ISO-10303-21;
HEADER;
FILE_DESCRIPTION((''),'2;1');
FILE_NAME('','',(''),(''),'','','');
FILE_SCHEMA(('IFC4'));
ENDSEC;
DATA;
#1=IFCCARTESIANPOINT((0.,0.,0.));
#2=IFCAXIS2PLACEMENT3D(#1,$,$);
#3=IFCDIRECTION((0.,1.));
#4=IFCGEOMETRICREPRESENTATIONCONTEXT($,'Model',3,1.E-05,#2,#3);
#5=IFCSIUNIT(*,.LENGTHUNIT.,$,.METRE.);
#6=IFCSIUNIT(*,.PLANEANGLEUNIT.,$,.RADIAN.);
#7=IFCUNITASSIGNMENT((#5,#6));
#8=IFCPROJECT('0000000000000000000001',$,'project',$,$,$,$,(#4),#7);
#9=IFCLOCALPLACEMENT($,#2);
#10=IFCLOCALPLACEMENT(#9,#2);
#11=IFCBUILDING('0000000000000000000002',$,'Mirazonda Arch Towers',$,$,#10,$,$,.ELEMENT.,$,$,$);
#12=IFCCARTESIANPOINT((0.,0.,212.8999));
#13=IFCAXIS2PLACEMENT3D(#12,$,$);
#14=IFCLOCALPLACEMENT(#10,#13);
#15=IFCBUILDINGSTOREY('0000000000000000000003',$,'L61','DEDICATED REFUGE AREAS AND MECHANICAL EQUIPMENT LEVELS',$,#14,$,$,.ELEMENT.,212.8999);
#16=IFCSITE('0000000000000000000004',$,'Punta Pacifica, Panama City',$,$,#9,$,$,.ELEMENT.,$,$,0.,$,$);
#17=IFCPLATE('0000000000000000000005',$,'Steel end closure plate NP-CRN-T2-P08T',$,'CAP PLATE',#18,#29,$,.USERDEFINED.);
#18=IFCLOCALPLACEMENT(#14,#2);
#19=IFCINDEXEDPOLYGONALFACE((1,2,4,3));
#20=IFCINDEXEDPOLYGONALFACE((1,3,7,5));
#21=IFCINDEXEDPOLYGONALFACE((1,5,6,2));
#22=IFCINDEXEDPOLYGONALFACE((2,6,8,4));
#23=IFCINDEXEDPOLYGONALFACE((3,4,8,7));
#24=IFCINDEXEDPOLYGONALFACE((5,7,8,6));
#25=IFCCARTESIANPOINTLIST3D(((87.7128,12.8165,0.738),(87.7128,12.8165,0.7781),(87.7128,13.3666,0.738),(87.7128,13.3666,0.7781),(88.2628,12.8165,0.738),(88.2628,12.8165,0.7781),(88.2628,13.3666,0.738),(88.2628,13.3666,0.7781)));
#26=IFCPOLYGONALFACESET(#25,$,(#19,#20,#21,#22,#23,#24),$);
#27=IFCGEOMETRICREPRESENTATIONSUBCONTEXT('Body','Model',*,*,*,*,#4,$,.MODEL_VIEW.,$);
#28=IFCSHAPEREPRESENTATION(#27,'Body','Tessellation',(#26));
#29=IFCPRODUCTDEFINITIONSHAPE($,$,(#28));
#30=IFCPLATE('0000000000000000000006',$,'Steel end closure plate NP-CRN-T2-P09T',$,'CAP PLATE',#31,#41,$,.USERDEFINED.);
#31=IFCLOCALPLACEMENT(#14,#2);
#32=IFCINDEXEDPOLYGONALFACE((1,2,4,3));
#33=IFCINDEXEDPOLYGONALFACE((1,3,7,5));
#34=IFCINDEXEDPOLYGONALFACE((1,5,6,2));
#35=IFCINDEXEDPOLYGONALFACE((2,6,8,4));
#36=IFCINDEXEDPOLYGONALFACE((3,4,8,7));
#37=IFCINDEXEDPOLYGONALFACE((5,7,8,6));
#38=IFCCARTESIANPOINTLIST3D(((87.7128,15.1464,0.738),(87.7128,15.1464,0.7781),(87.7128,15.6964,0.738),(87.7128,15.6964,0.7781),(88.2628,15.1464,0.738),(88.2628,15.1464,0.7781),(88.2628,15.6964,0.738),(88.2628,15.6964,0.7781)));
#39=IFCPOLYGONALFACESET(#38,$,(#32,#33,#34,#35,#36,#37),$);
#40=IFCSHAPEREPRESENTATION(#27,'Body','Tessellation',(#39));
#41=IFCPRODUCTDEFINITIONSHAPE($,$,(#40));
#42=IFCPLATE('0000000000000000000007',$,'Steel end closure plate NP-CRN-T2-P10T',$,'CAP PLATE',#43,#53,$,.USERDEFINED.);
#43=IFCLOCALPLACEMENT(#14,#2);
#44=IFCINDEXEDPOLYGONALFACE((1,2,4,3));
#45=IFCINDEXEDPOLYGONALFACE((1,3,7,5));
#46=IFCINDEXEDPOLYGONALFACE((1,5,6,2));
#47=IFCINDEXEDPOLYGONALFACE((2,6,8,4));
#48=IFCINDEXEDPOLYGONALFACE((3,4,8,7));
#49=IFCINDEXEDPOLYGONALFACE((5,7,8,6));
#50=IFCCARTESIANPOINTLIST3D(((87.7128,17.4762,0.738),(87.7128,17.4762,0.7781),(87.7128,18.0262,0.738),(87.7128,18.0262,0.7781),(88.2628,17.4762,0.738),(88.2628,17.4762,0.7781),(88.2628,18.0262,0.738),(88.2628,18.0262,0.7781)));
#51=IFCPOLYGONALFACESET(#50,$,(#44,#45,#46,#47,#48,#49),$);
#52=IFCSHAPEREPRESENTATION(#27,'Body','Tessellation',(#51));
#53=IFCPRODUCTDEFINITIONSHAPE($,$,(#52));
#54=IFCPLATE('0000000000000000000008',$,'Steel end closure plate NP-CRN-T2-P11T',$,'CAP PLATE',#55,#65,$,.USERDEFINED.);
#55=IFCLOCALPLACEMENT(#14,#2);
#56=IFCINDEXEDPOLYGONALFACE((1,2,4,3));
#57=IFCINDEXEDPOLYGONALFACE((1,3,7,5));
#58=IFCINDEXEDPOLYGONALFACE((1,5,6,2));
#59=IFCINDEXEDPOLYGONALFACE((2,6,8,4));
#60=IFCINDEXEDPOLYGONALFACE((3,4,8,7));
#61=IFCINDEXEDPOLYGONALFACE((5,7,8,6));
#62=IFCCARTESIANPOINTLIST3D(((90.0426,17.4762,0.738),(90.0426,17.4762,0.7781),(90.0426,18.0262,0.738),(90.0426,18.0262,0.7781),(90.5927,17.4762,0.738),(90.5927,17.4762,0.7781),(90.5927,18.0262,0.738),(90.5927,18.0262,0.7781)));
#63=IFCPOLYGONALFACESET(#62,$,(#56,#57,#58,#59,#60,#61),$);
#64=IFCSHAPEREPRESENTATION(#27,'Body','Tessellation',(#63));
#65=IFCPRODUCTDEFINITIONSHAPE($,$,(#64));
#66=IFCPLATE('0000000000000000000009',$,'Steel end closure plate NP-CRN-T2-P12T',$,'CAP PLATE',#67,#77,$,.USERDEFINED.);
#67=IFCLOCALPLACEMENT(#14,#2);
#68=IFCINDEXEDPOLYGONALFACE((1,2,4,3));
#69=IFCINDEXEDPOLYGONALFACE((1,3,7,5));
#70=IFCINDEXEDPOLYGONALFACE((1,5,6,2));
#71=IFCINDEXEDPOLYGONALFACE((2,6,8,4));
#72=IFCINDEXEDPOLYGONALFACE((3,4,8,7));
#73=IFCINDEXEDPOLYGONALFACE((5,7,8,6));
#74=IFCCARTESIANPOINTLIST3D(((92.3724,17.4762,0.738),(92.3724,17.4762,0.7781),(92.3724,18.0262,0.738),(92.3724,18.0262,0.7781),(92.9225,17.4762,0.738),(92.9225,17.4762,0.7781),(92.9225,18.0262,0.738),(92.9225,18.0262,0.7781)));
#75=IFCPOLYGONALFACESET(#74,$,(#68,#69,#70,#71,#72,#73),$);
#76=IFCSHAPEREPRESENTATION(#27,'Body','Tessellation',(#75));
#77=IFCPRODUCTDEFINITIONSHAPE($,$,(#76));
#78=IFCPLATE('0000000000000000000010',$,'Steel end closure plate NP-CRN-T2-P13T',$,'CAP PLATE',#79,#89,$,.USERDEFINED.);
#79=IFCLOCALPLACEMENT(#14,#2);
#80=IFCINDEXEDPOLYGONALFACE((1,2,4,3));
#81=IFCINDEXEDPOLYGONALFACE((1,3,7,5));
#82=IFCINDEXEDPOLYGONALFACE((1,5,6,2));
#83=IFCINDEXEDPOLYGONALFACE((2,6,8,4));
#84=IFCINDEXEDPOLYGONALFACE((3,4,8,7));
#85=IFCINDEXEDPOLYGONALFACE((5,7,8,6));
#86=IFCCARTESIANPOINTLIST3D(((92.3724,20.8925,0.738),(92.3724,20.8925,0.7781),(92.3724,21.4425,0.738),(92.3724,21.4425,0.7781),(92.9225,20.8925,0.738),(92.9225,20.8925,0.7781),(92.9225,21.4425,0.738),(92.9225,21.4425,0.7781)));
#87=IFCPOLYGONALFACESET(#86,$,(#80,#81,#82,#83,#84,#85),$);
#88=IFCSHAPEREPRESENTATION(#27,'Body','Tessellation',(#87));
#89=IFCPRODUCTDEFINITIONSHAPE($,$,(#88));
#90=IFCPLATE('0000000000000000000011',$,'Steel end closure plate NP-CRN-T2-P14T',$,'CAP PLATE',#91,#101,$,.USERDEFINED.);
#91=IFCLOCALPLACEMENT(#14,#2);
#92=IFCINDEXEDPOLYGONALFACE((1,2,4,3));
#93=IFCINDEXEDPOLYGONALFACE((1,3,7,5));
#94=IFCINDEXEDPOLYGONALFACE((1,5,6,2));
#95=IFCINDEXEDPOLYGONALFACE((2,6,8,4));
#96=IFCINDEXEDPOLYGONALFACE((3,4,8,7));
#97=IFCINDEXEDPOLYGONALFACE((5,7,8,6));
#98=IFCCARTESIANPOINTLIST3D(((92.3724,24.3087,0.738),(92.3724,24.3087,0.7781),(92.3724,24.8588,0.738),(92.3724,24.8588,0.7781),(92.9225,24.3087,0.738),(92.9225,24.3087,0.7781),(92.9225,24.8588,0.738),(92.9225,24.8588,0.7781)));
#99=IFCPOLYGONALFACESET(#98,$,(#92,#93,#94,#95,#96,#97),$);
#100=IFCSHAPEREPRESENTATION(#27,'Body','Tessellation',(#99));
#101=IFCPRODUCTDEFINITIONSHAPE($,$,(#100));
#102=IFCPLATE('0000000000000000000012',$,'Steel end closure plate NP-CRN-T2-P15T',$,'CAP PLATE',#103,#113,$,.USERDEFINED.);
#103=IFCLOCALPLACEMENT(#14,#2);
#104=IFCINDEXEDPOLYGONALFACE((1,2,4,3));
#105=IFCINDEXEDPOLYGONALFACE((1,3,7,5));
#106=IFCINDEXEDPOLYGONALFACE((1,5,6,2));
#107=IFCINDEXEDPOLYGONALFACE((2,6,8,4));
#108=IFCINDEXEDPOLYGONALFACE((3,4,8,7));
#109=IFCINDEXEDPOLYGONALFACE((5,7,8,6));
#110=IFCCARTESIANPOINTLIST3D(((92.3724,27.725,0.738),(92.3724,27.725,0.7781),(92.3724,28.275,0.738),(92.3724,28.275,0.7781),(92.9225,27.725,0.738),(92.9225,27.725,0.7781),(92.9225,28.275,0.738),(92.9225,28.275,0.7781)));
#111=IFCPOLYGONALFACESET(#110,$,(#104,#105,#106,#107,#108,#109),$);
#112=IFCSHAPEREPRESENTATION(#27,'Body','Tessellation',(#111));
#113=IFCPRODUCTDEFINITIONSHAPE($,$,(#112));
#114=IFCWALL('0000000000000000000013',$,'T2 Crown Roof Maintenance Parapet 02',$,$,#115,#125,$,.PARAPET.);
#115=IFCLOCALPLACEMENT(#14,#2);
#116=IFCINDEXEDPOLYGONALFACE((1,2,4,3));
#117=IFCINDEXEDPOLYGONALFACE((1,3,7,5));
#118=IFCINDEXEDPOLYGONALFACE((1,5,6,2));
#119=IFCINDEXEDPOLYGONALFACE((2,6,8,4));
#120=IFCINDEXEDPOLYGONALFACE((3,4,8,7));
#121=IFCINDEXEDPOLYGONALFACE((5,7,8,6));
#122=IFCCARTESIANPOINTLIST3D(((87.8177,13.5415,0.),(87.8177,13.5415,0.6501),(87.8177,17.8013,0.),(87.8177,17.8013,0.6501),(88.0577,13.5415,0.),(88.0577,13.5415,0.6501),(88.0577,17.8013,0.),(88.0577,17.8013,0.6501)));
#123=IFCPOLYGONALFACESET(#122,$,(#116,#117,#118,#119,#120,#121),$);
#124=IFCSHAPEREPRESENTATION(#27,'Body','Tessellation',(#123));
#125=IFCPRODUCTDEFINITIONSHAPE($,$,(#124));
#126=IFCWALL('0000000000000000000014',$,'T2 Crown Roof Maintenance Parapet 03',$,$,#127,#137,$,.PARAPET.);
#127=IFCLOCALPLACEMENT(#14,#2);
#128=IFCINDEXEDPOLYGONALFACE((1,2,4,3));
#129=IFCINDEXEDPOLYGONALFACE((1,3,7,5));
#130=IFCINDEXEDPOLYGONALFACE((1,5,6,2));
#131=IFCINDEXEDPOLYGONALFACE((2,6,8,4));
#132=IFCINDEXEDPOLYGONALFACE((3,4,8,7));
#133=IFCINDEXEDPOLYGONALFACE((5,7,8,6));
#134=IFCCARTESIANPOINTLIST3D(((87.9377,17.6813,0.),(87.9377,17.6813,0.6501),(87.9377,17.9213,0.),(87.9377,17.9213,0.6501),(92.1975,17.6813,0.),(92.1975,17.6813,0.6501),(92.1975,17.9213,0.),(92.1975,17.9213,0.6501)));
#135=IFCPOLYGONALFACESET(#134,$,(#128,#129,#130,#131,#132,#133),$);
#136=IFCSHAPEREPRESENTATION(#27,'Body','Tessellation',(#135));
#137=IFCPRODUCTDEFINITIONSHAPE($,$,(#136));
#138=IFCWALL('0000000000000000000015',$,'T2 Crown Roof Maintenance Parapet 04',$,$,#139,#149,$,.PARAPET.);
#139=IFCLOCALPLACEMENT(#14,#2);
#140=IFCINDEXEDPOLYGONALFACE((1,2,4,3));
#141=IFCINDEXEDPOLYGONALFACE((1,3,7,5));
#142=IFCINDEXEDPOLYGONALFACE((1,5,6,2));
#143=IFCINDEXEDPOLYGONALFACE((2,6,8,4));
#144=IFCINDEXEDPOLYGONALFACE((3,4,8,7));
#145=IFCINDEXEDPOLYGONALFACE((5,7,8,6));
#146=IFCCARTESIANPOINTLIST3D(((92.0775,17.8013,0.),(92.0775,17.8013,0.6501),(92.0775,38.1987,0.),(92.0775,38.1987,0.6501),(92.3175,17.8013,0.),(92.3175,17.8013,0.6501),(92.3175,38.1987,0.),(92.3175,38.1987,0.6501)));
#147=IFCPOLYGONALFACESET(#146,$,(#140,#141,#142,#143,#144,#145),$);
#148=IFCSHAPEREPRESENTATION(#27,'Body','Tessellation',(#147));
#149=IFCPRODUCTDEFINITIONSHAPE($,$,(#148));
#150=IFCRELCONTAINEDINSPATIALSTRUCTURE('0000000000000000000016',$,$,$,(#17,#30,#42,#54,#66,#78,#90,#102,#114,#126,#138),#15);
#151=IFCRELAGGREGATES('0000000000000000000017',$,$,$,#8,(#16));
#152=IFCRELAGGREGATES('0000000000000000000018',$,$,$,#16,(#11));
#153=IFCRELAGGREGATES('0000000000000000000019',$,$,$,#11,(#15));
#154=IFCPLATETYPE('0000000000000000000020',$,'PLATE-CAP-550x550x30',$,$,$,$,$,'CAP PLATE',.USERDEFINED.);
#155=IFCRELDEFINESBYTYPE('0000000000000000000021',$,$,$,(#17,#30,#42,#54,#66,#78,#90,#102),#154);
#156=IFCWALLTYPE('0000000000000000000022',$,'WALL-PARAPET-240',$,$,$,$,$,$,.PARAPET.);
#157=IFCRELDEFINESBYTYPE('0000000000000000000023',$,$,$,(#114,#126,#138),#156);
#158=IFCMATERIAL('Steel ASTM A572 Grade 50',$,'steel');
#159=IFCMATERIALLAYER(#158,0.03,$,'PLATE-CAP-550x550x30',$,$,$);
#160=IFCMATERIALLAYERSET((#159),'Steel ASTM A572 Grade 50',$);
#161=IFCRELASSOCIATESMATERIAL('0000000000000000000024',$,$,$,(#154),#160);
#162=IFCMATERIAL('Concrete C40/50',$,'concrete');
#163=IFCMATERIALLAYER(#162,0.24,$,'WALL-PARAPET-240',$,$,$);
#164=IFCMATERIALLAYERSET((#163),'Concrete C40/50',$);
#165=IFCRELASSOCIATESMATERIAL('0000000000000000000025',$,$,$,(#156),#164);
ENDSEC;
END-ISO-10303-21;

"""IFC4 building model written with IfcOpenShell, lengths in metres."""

from ifc_helpers import new_model, si_unit, direction, frame, frame_2d, origin, origin_2d, place, context, subcontext, project, spatial, rectangle, extrude, material, layer, layer_set, type_object, element, save


model = new_model("IFC4")

# Units and contexts
model_context = context("Model", 3, precision=1e-05, world=origin(), true_north=direction((0.0, 1.0)))
body_context = subcontext(model_context, "Body", "Model", "MODEL_VIEW")
ifc_project = project(units=[si_unit("LENGTHUNIT", "METRE"), si_unit("PLANEANGLEUNIT", "RADIAN")], contexts=[model_context])

# Site, building, storey
site_placement = place(None, origin())
site = spatial("IfcSite", under=ifc_project, at=site_placement, Name="Punta Pacifica, Panama City", CompositionType="ELEMENT", RefElevation=0.0)
building_placement = place(site_placement, origin())
building = spatial("IfcBuilding", under=site, at=building_placement, Name="Mirazonda Arch Towers", CompositionType="ELEMENT")
storey_placement = place(building_placement, frame((0.0, 0.0, 212.8999)))
storey = spatial("IfcBuildingStorey", under=building, at=storey_placement, Name="L61", Description="DEDICATED REFUGE AREAS AND MECHANICAL EQUIPMENT LEVELS", CompositionType="ELEMENT", Elevation=212.8999)

# Shared definitions
ifc_material_1 = material(Name="Steel ASTM A572 Grade 50", Category="steel")

# Plates
ifc_layer_1 = layer(ifc_material_1, 0.03, Name="PLATE-CAP-550x550x30")
ifc_layer_set_1 = layer_set([ifc_layer_1], Name="Steel ASTM A572 Grade 50")
plate_type = type_object("IfcPlateType", Name="PLATE-CAP-550x550x30", ElementType="CAP PLATE", PredefinedType="USERDEFINED", material=ifc_layer_set_1)
for number, where, z_axis, x_axis, name in (
    (1, (87.9878, 13.0916, 0.738), (0.0, 0.0, 1.0), (1.0, 0.0, 0.0), "Steel end closure plate NP-CRN-T2-P08T"),
    (2, (87.9878, 15.4214, 0.738), (0.0, 0.0, 1.0), (1.0, 0.0, 0.0), "Steel end closure plate NP-CRN-T2-P09T"),
    (3, (87.9878, 17.7512, 0.738), (0.0, 0.0, 1.0), (1.0, 0.0, 0.0), "Steel end closure plate NP-CRN-T2-P10T"),
    (4, (90.3176, 17.7512, 0.738), (0.0, 0.0, 1.0), (1.0, 0.0, 0.0), "Steel end closure plate NP-CRN-T2-P11T"),
    (5, (92.6475, 17.7512, 0.738), (0.0, 0.0, 1.0), (1.0, 0.0, 0.0), "Steel end closure plate NP-CRN-T2-P12T"),
    (6, (92.6475, 21.1675, 0.738), (0.0, 0.0, 1.0), (1.0, 0.0, 0.0), "Steel end closure plate NP-CRN-T2-P13T"),
    (7, (92.6475, 24.5837, 0.738), (0.0, 0.0, 1.0), (1.0, 0.0, 0.0), "Steel end closure plate NP-CRN-T2-P14T"),
    (8, (92.6475, 28.0, 0.738), (0.0, 0.0, 1.0), (1.0, 0.0, 0.0), "Steel end closure plate NP-CRN-T2-P15T"),
):
    element("IfcPlate", number, at=place(storey_placement, frame(where, z_axis=z_axis, x_axis=x_axis)), inside=storey, type_object=plate_type, Name=name, ObjectType="CAP PLATE", PredefinedType="USERDEFINED", context=body_context, shape_type="SweptSolid", body=[
        extrude(rectangle(XDim=0.55, YDim=0.55, at=origin_2d()), origin(), (0.0, 0.0, 1.0), 0.04),
    ])

# Walls
ifc_material_2 = material(Name="Concrete C40/50", Category="concrete")
ifc_layer_2 = layer(ifc_material_2, 0.24, Name="WALL-PARAPET-240")
ifc_layer_set_2 = layer_set([ifc_layer_2], Name="Concrete C40/50")
wall_type = type_object("IfcWallType", Name="WALL-PARAPET-240", PredefinedType="PARAPET", material=ifc_layer_set_2)
for number, where, z_axis, x_axis, name in (
    (9, (87.9377, 13.5415, 0.0), (0.0, 0.0, 1.0), (0.0, 1.0, 0.0), "T2 Crown Roof Maintenance Parapet 02"),
    (10, (87.9377, 17.8013, 0.0), (0.0, 0.0, 1.0), (1.0, 0.0, 0.0), "T2 Crown Roof Maintenance Parapet 03"),
):
    element("IfcWall", number, at=place(storey_placement, frame(where, z_axis=z_axis, x_axis=x_axis)), inside=storey, type_object=wall_type, Name=name, PredefinedType="PARAPET", context=body_context, shape_type="SweptSolid", body=[
        extrude(rectangle(XDim=4.2598, YDim=0.24, at=frame_2d((2.1299, 0.0))), origin(), (0.0, 0.0, 1.0), 0.6501),
    ])
wall_placement = place(storey_placement, frame((92.1975, 17.8013, 0.0), z_axis=(0.0, 0.0, 1.0), x_axis=(0.0, 1.0, 0.0)))
element("IfcWall", 11, at=wall_placement, inside=storey, type_object=wall_type, Name="T2 Crown Roof Maintenance Parapet 04", PredefinedType="PARAPET", context=body_context, shape_type="SweptSolid", body=[
    extrude(rectangle(XDim=20.3975, YDim=0.24, at=frame_2d((10.1987, 0.0))), origin(), (0.0, 0.0, 1.0), 0.6501),
])

save(model, "model.ifc")
